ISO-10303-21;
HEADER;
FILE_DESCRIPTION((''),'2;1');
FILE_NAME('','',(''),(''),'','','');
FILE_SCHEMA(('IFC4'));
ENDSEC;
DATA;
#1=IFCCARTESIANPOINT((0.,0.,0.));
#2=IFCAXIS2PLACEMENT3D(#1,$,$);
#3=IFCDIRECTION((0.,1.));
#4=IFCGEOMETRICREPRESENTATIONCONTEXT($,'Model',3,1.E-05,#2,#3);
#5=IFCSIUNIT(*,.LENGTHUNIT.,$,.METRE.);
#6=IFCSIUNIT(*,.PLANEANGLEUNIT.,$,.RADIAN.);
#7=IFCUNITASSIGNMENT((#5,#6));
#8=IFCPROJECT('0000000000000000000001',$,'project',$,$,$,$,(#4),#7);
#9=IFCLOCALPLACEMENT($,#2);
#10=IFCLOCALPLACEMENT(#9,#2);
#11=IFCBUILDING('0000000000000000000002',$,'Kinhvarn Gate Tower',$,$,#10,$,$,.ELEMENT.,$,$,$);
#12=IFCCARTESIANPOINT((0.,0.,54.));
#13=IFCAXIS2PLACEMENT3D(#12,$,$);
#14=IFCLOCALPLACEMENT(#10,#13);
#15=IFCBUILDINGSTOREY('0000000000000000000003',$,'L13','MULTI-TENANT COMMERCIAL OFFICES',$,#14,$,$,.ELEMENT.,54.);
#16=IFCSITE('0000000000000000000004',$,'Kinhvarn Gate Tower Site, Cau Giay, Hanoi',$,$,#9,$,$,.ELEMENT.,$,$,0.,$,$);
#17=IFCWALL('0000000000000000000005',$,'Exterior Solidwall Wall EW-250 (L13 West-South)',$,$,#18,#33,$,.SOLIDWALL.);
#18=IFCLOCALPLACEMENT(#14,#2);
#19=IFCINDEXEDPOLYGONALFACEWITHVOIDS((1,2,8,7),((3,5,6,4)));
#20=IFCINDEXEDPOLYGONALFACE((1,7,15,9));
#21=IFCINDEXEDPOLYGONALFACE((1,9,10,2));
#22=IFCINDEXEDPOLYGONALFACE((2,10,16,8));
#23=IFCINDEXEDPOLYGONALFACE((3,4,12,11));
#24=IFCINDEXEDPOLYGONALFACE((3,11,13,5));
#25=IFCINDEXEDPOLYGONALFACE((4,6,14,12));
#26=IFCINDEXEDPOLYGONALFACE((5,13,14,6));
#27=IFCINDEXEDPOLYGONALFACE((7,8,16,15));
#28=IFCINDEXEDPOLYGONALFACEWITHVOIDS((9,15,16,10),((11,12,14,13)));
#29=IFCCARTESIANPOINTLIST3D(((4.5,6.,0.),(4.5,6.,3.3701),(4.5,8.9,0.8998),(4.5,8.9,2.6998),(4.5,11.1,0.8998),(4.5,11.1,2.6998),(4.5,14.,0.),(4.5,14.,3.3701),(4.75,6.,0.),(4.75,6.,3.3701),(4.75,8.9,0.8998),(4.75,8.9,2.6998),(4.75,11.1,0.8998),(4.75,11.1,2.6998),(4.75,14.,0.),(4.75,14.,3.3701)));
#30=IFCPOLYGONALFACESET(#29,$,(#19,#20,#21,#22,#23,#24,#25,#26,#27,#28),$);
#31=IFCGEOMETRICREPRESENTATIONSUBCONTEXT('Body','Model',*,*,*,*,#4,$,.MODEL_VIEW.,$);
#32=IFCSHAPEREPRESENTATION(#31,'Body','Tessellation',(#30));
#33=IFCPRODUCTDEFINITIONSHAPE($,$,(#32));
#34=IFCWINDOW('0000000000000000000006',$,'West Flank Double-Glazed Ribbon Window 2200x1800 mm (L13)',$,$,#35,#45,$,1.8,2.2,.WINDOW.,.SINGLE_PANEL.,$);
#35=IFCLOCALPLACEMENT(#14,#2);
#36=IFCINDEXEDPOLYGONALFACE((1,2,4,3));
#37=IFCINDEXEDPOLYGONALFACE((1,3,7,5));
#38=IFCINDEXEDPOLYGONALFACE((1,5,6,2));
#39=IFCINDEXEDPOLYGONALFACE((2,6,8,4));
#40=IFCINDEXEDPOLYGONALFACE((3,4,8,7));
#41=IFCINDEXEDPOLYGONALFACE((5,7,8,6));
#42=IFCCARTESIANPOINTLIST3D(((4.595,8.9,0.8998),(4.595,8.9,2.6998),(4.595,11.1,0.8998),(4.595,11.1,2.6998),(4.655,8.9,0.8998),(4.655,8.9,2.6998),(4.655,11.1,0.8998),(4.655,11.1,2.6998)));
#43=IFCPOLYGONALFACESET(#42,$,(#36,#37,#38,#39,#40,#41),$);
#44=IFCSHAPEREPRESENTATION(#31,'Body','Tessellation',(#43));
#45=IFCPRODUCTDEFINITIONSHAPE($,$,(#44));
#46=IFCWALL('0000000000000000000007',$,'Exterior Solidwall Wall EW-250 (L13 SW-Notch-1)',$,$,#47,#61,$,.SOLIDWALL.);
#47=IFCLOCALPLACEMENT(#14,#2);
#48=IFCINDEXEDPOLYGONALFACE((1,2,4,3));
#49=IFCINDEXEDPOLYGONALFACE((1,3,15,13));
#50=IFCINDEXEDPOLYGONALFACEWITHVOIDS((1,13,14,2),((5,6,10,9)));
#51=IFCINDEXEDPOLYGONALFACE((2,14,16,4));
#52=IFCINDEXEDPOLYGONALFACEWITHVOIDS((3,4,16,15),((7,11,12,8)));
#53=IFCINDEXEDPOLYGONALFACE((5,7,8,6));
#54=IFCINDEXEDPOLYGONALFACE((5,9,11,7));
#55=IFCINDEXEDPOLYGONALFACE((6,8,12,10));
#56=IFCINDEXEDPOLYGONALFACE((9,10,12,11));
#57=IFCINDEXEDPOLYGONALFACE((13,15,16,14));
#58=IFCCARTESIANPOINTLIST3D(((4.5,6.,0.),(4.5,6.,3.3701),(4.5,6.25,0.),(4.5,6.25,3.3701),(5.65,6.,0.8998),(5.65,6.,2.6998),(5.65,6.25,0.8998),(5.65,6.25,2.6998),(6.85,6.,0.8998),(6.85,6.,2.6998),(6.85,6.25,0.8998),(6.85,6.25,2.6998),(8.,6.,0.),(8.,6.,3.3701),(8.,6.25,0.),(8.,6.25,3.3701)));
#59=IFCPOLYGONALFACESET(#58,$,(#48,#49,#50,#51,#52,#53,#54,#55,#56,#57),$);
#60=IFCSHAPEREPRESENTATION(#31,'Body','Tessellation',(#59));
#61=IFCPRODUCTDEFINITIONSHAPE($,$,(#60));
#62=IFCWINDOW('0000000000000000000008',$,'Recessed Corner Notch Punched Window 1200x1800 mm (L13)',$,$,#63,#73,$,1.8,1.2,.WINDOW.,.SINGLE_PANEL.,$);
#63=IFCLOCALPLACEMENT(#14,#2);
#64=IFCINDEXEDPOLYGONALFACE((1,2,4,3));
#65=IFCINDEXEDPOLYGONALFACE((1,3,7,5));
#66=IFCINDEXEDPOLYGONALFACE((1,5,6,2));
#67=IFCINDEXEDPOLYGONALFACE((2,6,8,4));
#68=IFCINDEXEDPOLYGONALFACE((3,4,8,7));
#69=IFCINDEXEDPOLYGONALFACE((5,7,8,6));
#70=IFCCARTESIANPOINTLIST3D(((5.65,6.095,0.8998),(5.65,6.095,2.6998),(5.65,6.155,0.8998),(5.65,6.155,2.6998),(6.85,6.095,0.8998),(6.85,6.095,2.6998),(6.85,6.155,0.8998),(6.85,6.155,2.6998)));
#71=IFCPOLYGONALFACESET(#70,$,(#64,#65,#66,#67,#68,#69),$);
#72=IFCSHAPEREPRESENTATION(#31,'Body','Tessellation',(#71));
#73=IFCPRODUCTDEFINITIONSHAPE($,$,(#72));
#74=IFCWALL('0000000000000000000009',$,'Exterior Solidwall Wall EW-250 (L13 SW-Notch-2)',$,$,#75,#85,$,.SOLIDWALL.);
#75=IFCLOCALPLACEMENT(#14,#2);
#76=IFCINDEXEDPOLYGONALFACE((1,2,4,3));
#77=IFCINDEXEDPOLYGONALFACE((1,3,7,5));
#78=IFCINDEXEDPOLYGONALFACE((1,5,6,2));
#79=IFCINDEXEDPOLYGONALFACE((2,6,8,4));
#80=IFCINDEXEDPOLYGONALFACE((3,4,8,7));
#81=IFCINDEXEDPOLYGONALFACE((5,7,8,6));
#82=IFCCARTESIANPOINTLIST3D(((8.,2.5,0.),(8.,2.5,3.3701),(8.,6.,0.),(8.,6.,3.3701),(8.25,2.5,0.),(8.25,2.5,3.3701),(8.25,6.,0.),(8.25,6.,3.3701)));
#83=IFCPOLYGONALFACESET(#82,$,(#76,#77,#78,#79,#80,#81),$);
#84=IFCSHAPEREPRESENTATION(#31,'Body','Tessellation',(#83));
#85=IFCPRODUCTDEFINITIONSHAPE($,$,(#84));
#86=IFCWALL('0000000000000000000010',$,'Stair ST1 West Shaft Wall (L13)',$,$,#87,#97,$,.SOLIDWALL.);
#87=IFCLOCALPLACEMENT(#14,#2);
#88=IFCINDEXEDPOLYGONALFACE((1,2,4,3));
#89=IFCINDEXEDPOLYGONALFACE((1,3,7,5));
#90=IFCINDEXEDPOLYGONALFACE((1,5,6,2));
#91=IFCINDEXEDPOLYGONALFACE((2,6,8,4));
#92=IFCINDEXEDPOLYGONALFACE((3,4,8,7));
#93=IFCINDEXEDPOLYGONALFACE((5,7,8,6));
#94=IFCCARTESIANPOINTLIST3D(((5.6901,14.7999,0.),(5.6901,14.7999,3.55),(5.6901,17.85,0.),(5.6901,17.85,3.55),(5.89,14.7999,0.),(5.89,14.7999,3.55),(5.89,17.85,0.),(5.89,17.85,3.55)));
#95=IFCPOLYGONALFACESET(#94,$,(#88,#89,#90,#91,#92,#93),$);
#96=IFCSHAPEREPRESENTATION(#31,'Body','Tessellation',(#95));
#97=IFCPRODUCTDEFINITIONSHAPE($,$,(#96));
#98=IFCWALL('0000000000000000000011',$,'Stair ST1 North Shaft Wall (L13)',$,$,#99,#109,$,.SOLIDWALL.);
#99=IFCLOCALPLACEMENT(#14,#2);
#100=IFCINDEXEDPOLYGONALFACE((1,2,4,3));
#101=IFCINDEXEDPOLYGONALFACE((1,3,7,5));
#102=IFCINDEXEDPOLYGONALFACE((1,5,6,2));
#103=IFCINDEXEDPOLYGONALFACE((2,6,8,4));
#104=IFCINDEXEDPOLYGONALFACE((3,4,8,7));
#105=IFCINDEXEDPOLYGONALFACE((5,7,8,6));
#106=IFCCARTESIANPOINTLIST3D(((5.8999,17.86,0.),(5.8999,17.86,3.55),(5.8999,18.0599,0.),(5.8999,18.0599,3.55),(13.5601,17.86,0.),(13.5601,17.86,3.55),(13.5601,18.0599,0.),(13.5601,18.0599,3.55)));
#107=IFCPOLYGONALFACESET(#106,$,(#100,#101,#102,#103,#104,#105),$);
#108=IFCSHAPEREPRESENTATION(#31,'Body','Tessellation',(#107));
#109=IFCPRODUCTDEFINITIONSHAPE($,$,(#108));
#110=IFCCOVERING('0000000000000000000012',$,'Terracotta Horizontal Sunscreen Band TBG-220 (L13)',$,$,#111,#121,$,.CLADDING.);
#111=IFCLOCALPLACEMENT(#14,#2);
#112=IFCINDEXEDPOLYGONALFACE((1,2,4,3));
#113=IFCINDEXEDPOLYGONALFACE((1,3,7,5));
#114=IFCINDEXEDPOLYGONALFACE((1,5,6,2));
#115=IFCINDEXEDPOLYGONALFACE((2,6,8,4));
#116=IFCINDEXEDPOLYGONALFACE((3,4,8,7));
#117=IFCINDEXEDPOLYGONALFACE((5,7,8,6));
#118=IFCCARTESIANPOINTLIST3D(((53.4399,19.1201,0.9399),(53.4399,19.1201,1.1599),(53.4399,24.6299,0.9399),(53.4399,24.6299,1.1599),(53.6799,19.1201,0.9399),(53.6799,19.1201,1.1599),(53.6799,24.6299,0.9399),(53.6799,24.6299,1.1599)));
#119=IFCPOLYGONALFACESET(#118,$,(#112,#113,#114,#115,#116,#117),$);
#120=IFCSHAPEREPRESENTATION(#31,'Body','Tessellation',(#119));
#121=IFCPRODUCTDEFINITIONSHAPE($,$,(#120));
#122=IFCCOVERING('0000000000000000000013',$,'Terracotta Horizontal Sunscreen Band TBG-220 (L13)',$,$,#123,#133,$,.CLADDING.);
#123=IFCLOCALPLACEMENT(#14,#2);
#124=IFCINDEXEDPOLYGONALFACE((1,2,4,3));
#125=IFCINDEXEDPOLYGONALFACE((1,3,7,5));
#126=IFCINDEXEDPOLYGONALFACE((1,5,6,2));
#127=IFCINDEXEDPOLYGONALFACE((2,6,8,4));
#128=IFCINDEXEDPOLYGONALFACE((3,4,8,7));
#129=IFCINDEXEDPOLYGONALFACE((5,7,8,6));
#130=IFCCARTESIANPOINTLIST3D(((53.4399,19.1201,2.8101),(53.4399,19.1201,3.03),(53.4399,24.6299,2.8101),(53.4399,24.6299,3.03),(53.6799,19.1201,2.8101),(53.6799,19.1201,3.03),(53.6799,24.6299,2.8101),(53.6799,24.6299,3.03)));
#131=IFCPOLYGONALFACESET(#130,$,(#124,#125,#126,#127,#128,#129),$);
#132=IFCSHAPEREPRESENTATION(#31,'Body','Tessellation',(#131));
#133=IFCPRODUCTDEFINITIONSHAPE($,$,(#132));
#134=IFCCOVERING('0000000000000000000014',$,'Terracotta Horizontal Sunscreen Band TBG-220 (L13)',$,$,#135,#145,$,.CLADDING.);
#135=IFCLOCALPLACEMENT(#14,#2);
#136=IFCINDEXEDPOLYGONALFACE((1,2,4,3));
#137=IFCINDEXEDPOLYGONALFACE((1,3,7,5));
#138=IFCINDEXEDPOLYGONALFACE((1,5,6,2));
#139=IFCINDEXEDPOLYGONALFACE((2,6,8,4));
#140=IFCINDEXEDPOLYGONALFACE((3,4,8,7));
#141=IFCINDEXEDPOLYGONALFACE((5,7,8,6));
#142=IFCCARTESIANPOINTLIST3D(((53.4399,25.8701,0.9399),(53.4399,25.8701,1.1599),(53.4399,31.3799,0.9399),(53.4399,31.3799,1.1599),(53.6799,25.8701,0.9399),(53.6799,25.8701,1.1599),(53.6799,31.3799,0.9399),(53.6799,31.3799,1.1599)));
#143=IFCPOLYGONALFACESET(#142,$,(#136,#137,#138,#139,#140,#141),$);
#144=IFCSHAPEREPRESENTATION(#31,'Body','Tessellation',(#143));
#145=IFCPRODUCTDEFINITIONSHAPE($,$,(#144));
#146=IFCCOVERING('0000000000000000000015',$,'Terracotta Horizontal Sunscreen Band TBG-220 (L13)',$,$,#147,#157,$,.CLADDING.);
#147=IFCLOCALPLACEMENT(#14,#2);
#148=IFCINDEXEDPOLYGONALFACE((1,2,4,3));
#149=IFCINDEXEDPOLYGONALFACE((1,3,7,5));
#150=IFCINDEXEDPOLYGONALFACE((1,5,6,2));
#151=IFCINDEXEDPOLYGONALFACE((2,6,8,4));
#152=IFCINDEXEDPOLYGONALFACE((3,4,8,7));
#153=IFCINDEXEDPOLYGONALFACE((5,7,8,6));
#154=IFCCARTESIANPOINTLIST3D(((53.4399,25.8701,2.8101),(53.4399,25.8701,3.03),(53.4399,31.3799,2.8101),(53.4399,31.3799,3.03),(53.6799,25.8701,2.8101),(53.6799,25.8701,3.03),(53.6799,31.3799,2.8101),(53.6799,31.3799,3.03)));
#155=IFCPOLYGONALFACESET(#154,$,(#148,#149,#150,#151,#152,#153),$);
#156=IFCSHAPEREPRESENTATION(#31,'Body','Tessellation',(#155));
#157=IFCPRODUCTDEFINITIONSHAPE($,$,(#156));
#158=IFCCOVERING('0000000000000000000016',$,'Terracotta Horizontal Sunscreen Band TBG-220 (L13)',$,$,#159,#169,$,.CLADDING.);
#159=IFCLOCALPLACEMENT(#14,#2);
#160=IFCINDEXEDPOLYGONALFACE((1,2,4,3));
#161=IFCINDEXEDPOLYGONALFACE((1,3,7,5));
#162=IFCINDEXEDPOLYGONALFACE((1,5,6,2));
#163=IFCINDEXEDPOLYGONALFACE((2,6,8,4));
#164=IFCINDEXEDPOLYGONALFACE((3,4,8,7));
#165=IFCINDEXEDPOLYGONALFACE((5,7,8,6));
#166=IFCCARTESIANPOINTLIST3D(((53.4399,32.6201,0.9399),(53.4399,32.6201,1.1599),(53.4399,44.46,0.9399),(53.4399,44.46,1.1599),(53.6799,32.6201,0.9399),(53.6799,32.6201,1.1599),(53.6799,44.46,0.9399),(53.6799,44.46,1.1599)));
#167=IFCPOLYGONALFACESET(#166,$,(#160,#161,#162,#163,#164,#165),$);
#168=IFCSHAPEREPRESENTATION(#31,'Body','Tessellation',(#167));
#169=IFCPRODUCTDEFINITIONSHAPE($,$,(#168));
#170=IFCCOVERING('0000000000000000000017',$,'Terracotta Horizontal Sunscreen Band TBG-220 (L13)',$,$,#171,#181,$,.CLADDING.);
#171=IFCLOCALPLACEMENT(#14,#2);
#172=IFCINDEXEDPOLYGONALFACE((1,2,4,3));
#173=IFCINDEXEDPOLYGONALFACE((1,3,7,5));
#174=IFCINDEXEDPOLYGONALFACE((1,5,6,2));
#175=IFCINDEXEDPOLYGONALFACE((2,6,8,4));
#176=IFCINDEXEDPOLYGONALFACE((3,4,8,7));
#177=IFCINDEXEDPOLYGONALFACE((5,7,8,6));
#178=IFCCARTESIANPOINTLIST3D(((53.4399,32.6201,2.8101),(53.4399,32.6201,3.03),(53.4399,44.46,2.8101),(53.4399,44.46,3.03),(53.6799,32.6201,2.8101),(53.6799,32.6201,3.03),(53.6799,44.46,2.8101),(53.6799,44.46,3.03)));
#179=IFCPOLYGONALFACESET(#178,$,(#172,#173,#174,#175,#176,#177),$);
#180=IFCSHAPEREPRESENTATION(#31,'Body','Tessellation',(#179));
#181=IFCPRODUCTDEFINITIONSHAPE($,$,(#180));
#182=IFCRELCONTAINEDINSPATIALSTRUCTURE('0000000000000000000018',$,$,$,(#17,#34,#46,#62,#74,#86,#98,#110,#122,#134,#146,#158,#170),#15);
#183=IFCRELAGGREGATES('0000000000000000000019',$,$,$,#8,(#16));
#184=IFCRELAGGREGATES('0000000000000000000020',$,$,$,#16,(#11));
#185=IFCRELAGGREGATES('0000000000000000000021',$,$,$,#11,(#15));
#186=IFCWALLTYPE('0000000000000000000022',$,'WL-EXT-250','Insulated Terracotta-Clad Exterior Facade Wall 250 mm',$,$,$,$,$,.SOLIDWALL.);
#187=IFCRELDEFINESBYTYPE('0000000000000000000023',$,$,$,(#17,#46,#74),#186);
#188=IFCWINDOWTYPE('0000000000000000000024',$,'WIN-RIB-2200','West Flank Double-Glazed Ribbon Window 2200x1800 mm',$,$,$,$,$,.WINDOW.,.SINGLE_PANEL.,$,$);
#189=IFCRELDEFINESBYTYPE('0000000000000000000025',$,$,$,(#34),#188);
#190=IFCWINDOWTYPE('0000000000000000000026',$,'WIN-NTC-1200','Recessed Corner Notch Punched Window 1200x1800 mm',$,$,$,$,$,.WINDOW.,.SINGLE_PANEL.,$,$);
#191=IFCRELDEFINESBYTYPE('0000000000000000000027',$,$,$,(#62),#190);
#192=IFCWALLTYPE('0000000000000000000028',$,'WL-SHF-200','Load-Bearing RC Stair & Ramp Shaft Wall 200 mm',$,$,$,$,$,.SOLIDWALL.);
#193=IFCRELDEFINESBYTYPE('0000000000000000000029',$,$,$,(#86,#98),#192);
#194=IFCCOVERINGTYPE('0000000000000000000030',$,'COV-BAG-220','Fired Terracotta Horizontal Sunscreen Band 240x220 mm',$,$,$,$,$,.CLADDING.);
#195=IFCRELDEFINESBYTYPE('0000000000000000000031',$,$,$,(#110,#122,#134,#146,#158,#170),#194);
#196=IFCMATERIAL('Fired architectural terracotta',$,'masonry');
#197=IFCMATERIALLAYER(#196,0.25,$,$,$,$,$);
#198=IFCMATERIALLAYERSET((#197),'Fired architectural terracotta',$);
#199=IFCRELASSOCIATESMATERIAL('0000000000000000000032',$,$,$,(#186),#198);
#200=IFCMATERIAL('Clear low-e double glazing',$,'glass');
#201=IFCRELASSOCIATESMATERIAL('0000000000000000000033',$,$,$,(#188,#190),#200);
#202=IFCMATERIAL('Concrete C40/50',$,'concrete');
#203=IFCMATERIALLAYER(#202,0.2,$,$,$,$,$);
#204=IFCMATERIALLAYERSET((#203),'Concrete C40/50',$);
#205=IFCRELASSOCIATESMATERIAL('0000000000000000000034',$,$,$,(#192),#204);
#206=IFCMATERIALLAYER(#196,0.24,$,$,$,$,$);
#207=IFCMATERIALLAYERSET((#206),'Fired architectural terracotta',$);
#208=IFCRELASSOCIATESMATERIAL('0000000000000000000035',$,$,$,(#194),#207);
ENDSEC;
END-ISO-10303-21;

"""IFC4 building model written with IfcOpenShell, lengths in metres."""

from ifc_helpers import new_model, si_unit, direction, frame, frame_2d, origin, place, context, subcontext, project, spatial, polyline, rectangle, outline, extrude, material, layer, layer_set, type_object, element, fill, save


model = new_model("IFC4")

# Units and contexts
model_context = context("Model", 3, precision=1e-05, world=origin(), true_north=direction((0.0, 1.0)))
body_context = subcontext(model_context, "Body", "Model", "MODEL_VIEW")
ifc_project = project(units=[si_unit("LENGTHUNIT", "METRE"), si_unit("PLANEANGLEUNIT", "RADIAN")], contexts=[model_context])

# Site, building, storey
site_placement = place(None, origin())
site = spatial("IfcSite", under=ifc_project, at=site_placement, Name="Kinhvarn Gate Tower Site, Cau Giay, Hanoi", CompositionType="ELEMENT", RefElevation=0.0)
building_placement = place(site_placement, origin())
building = spatial("IfcBuilding", under=site, at=building_placement, Name="Kinhvarn Gate Tower", CompositionType="ELEMENT")
storey_placement = place(building_placement, frame((0.0, 0.0, 54.0)))
storey = spatial("IfcBuildingStorey", under=building, at=storey_placement, Name="L13", Description="MULTI-TENANT COMMERCIAL OFFICES", CompositionType="ELEMENT", Elevation=54.0)

# Shared definitions
ifc_material_1 = material(Name="Clear low-e double glazing", Category="glass")

# Shared definitions
ifc_material_2 = material(Name="Concrete C40/50", Category="concrete")

# Walls, openings, windows
ifc_material_3 = material(Name="Fired architectural terracotta", Category="masonry")
ifc_layer_1 = layer(ifc_material_3, 0.25)
ifc_layer_set_1 = layer_set([ifc_layer_1], Name="Fired architectural terracotta")
wall_type_1 = type_object("IfcWallType", Name="WL-EXT-250", Description="Insulated Terracotta-Clad Exterior Facade Wall 250 mm", PredefinedType="SOLIDWALL", material=ifc_layer_set_1)
wall_1_placement = place(storey_placement, frame((4.625, 14.0, 0.0), z_axis=(0.0, 0.0, 1.0), x_axis=(0.0, -1.0, 0.0)))
wall_1 = element("IfcWall", 1, at=wall_1_placement, inside=storey, type_object=wall_type_1, Name="Exterior Solidwall Wall EW-250 (L13 West-South)", PredefinedType="SOLIDWALL", context=body_context, shape_type="SweptSolid", body=[
    extrude(rectangle(XDim=8.0, YDim=0.25, at=frame_2d((4.0, 0.0))), origin(), (0.0, 0.0, 1.0), 3.3701),
])
opening_1_placement = place(wall_1_placement, frame((2.8999, 0.0, 0.8999)))
opening_1 = element("IfcOpeningElement", 2, at=opening_1_placement, cuts=wall_1, PredefinedType="OPENING", context=body_context, shape_type="SweptSolid", body=[
    extrude(rectangle(XDim=2.2, YDim=1.8, at=frame_2d((1.1001, 0.8999))), frame((0.0, 0.135, 0.0), z_axis=(0.0, -1.0, 0.0), x_axis=(1.0, 0.0, 0.0)), (0.0, 0.0, 1.0), 0.27),
])
window_type_1 = type_object("IfcWindowType", Name="WIN-RIB-2200", Description="West Flank Double-Glazed Ribbon Window 2200x1800 mm", PartitioningType="SINGLE_PANEL", PredefinedType="WINDOW", material=ifc_material_1)
window_1_placement = place(opening_1_placement, origin())
window_1 = element("IfcWindow", 3, at=window_1_placement, inside=storey, type_object=window_type_1, Name="West Flank Double-Glazed Ribbon Window 2200x1800 mm (L13)", OverallHeight=1.8, OverallWidth=2.2, PartitioningType="SINGLE_PANEL", PredefinedType="WINDOW", context=body_context, shape_type="SweptSolid", body=[
    extrude(rectangle(XDim=2.2, YDim=1.8, at=frame_2d((1.1001, 0.8999))), frame((0.0, 0.03, 0.0), z_axis=(0.0, -1.0, 0.0), x_axis=(1.0, 0.0, 0.0)), (0.0, 0.0, 1.0), 0.0601),
])
fill(opening_1, window_1)
wall_2_placement = place(storey_placement, frame((4.5, 6.125, 0.0), z_axis=(0.0, 0.0, 1.0), x_axis=(1.0, 0.0, 0.0)))
wall_2 = element("IfcWall", 4, at=wall_2_placement, inside=storey, type_object=wall_type_1, Name="Exterior Solidwall Wall EW-250 (L13 SW-Notch-1)", PredefinedType="SOLIDWALL", context=body_context, shape_type="SweptSolid", body=[
    extrude(rectangle(XDim=3.5, YDim=0.25, at=frame_2d((1.75, 0.0))), origin(), (0.0, 0.0, 1.0), 3.3701),
])
opening_2_placement = place(wall_2_placement, frame((1.1499, 0.0, 0.8999)))
opening_2 = element("IfcOpeningElement", 5, at=opening_2_placement, cuts=wall_2, PredefinedType="OPENING", context=body_context, shape_type="SweptSolid", body=[
    extrude(rectangle(XDim=1.2, YDim=1.8, at=frame_2d((0.6001, 0.8999))), frame((0.0, 0.135, 0.0), z_axis=(0.0, -1.0, 0.0), x_axis=(1.0, 0.0, 0.0)), (0.0, 0.0, 1.0), 0.27),
])
window_type_2 = type_object("IfcWindowType", Name="WIN-NTC-1200", Description="Recessed Corner Notch Punched Window 1200x1800 mm", PartitioningType="SINGLE_PANEL", PredefinedType="WINDOW", material=ifc_material_1)
window_2_placement = place(opening_2_placement, origin())
window_2 = element("IfcWindow", 6, at=window_2_placement, inside=storey, type_object=window_type_2, Name="Recessed Corner Notch Punched Window 1200x1800 mm (L13)", OverallHeight=1.8, OverallWidth=1.2, PartitioningType="SINGLE_PANEL", PredefinedType="WINDOW", context=body_context, shape_type="SweptSolid", body=[
    extrude(rectangle(XDim=1.2, YDim=1.8, at=frame_2d((0.6001, 0.8999))), frame((0.0, 0.03, 0.0), z_axis=(0.0, -1.0, 0.0), x_axis=(1.0, 0.0, 0.0)), (0.0, 0.0, 1.0), 0.0601),
])
fill(opening_2, window_2)

# Walls
wall_3_placement = place(storey_placement, frame((8.125, 6.0, 0.0), z_axis=(0.0, 0.0, 1.0), x_axis=(0.0, -1.0, 0.0)))
element("IfcWall", 7, at=wall_3_placement, inside=storey, type_object=wall_type_1, Name="Exterior Solidwall Wall EW-250 (L13 SW-Notch-2)", PredefinedType="SOLIDWALL", context=body_context, shape_type="SweptSolid", body=[
    extrude(rectangle(XDim=3.5, YDim=0.25, at=frame_2d((1.75, 0.0))), origin(), (0.0, 0.0, 1.0), 3.3701),
])
ifc_layer_2 = layer(ifc_material_2, 0.2)
ifc_layer_set_2 = layer_set([ifc_layer_2], Name="Concrete C40/50")
wall_type_2 = type_object("IfcWallType", Name="WL-SHF-200", Description="Load-Bearing RC Stair & Ramp Shaft Wall 200 mm", PredefinedType="SOLIDWALL", material=ifc_layer_set_2)
wall_4_placement = place(storey_placement, frame((5.79, 14.8, 0.0), z_axis=(0.0, 0.0, 1.0), x_axis=(0.0, 1.0, 0.0)))
element("IfcWall", 8, at=wall_4_placement, inside=storey, type_object=wall_type_2, Name="Stair ST1 West Shaft Wall (L13)", PredefinedType="SOLIDWALL", context=body_context, shape_type="SweptSolid", body=[
    extrude(rectangle(XDim=3.05, YDim=0.2, at=frame_2d((1.5249, 0.0))), origin(), (0.0, 0.0, 1.0), 3.55),
])
wall_5_placement = place(storey_placement, frame((5.8999, 17.96, 0.0), z_axis=(0.0, 0.0, 1.0), x_axis=(1.0, 0.0, 0.0)))
element("IfcWall", 9, at=wall_5_placement, inside=storey, type_object=wall_type_2, Name="Stair ST1 North Shaft Wall (L13)", PredefinedType="SOLIDWALL", context=body_context, shape_type="SweptSolid", body=[
    extrude(rectangle(XDim=7.6602, YDim=0.2, at=frame_2d((3.8301, 0.0))), origin(), (0.0, 0.0, 1.0), 3.55),
])

# Coverings
ifc_layer_3 = layer(ifc_material_3, 0.24)
ifc_layer_set_3 = layer_set([ifc_layer_3], Name="Fired architectural terracotta")
covering_type_1 = type_object("IfcCoveringType", Name="COV-BAG-220", Description="Fired Terracotta Horizontal Sunscreen Band 240x220 mm", PredefinedType="CLADDING", material=ifc_layer_set_3)
for number, where, name in (
    (10, (0.0, 0.0, 0.9399), "Terracotta Horizontal Sunscreen Band TBG-220 (L13)"),
    (11, (0.0, 0.0, 2.8101), "Terracotta Horizontal Sunscreen Band TBG-220 (L13)"),
):
    element("IfcCovering", number, at=place(storey_placement, frame(where)), inside=storey, type_object=covering_type_1, Name=name, PredefinedType="CLADDING", context=body_context, shape_type="SweptSolid", body=[
        extrude(outline(polyline([(53.4399, 19.1201), (53.4399, 24.6299), (53.6799, 24.6299), (53.6799, 19.1201), (53.4399, 19.1201)])), origin(), (0.0, 0.0, 1.0), 0.22),
    ])
for number, where, name in (
    (12, (0.0, 0.0, 0.9399), "Terracotta Horizontal Sunscreen Band TBG-220 (L13)"),
    (13, (0.0, 0.0, 2.8101), "Terracotta Horizontal Sunscreen Band TBG-220 (L13)"),
):
    element("IfcCovering", number, at=place(storey_placement, frame(where)), inside=storey, type_object=covering_type_1, Name=name, PredefinedType="CLADDING", context=body_context, shape_type="SweptSolid", body=[
        extrude(outline(polyline([(53.4399, 25.8701), (53.4399, 31.3799), (53.6799, 31.3799), (53.6799, 25.8701), (53.4399, 25.8701)])), origin(), (0.0, 0.0, 1.0), 0.22),
    ])
for number, where, name in (
    (14, (0.0, 0.0, 0.9399), "Terracotta Horizontal Sunscreen Band TBG-220 (L13)"),
    (15, (0.0, 0.0, 2.8101), "Terracotta Horizontal Sunscreen Band TBG-220 (L13)"),
):
    element("IfcCovering", number, at=place(storey_placement, frame(where)), inside=storey, type_object=covering_type_1, Name=name, PredefinedType="CLADDING", context=body_context, shape_type="SweptSolid", body=[
        extrude(outline(polyline([(53.4399, 32.6201), (53.4399, 44.46), (53.6799, 44.46), (53.6799, 32.6201), (53.4399, 32.6201)])), origin(), (0.0, 0.0, 1.0), 0.22),
    ])

save(model, "model.ifc")
